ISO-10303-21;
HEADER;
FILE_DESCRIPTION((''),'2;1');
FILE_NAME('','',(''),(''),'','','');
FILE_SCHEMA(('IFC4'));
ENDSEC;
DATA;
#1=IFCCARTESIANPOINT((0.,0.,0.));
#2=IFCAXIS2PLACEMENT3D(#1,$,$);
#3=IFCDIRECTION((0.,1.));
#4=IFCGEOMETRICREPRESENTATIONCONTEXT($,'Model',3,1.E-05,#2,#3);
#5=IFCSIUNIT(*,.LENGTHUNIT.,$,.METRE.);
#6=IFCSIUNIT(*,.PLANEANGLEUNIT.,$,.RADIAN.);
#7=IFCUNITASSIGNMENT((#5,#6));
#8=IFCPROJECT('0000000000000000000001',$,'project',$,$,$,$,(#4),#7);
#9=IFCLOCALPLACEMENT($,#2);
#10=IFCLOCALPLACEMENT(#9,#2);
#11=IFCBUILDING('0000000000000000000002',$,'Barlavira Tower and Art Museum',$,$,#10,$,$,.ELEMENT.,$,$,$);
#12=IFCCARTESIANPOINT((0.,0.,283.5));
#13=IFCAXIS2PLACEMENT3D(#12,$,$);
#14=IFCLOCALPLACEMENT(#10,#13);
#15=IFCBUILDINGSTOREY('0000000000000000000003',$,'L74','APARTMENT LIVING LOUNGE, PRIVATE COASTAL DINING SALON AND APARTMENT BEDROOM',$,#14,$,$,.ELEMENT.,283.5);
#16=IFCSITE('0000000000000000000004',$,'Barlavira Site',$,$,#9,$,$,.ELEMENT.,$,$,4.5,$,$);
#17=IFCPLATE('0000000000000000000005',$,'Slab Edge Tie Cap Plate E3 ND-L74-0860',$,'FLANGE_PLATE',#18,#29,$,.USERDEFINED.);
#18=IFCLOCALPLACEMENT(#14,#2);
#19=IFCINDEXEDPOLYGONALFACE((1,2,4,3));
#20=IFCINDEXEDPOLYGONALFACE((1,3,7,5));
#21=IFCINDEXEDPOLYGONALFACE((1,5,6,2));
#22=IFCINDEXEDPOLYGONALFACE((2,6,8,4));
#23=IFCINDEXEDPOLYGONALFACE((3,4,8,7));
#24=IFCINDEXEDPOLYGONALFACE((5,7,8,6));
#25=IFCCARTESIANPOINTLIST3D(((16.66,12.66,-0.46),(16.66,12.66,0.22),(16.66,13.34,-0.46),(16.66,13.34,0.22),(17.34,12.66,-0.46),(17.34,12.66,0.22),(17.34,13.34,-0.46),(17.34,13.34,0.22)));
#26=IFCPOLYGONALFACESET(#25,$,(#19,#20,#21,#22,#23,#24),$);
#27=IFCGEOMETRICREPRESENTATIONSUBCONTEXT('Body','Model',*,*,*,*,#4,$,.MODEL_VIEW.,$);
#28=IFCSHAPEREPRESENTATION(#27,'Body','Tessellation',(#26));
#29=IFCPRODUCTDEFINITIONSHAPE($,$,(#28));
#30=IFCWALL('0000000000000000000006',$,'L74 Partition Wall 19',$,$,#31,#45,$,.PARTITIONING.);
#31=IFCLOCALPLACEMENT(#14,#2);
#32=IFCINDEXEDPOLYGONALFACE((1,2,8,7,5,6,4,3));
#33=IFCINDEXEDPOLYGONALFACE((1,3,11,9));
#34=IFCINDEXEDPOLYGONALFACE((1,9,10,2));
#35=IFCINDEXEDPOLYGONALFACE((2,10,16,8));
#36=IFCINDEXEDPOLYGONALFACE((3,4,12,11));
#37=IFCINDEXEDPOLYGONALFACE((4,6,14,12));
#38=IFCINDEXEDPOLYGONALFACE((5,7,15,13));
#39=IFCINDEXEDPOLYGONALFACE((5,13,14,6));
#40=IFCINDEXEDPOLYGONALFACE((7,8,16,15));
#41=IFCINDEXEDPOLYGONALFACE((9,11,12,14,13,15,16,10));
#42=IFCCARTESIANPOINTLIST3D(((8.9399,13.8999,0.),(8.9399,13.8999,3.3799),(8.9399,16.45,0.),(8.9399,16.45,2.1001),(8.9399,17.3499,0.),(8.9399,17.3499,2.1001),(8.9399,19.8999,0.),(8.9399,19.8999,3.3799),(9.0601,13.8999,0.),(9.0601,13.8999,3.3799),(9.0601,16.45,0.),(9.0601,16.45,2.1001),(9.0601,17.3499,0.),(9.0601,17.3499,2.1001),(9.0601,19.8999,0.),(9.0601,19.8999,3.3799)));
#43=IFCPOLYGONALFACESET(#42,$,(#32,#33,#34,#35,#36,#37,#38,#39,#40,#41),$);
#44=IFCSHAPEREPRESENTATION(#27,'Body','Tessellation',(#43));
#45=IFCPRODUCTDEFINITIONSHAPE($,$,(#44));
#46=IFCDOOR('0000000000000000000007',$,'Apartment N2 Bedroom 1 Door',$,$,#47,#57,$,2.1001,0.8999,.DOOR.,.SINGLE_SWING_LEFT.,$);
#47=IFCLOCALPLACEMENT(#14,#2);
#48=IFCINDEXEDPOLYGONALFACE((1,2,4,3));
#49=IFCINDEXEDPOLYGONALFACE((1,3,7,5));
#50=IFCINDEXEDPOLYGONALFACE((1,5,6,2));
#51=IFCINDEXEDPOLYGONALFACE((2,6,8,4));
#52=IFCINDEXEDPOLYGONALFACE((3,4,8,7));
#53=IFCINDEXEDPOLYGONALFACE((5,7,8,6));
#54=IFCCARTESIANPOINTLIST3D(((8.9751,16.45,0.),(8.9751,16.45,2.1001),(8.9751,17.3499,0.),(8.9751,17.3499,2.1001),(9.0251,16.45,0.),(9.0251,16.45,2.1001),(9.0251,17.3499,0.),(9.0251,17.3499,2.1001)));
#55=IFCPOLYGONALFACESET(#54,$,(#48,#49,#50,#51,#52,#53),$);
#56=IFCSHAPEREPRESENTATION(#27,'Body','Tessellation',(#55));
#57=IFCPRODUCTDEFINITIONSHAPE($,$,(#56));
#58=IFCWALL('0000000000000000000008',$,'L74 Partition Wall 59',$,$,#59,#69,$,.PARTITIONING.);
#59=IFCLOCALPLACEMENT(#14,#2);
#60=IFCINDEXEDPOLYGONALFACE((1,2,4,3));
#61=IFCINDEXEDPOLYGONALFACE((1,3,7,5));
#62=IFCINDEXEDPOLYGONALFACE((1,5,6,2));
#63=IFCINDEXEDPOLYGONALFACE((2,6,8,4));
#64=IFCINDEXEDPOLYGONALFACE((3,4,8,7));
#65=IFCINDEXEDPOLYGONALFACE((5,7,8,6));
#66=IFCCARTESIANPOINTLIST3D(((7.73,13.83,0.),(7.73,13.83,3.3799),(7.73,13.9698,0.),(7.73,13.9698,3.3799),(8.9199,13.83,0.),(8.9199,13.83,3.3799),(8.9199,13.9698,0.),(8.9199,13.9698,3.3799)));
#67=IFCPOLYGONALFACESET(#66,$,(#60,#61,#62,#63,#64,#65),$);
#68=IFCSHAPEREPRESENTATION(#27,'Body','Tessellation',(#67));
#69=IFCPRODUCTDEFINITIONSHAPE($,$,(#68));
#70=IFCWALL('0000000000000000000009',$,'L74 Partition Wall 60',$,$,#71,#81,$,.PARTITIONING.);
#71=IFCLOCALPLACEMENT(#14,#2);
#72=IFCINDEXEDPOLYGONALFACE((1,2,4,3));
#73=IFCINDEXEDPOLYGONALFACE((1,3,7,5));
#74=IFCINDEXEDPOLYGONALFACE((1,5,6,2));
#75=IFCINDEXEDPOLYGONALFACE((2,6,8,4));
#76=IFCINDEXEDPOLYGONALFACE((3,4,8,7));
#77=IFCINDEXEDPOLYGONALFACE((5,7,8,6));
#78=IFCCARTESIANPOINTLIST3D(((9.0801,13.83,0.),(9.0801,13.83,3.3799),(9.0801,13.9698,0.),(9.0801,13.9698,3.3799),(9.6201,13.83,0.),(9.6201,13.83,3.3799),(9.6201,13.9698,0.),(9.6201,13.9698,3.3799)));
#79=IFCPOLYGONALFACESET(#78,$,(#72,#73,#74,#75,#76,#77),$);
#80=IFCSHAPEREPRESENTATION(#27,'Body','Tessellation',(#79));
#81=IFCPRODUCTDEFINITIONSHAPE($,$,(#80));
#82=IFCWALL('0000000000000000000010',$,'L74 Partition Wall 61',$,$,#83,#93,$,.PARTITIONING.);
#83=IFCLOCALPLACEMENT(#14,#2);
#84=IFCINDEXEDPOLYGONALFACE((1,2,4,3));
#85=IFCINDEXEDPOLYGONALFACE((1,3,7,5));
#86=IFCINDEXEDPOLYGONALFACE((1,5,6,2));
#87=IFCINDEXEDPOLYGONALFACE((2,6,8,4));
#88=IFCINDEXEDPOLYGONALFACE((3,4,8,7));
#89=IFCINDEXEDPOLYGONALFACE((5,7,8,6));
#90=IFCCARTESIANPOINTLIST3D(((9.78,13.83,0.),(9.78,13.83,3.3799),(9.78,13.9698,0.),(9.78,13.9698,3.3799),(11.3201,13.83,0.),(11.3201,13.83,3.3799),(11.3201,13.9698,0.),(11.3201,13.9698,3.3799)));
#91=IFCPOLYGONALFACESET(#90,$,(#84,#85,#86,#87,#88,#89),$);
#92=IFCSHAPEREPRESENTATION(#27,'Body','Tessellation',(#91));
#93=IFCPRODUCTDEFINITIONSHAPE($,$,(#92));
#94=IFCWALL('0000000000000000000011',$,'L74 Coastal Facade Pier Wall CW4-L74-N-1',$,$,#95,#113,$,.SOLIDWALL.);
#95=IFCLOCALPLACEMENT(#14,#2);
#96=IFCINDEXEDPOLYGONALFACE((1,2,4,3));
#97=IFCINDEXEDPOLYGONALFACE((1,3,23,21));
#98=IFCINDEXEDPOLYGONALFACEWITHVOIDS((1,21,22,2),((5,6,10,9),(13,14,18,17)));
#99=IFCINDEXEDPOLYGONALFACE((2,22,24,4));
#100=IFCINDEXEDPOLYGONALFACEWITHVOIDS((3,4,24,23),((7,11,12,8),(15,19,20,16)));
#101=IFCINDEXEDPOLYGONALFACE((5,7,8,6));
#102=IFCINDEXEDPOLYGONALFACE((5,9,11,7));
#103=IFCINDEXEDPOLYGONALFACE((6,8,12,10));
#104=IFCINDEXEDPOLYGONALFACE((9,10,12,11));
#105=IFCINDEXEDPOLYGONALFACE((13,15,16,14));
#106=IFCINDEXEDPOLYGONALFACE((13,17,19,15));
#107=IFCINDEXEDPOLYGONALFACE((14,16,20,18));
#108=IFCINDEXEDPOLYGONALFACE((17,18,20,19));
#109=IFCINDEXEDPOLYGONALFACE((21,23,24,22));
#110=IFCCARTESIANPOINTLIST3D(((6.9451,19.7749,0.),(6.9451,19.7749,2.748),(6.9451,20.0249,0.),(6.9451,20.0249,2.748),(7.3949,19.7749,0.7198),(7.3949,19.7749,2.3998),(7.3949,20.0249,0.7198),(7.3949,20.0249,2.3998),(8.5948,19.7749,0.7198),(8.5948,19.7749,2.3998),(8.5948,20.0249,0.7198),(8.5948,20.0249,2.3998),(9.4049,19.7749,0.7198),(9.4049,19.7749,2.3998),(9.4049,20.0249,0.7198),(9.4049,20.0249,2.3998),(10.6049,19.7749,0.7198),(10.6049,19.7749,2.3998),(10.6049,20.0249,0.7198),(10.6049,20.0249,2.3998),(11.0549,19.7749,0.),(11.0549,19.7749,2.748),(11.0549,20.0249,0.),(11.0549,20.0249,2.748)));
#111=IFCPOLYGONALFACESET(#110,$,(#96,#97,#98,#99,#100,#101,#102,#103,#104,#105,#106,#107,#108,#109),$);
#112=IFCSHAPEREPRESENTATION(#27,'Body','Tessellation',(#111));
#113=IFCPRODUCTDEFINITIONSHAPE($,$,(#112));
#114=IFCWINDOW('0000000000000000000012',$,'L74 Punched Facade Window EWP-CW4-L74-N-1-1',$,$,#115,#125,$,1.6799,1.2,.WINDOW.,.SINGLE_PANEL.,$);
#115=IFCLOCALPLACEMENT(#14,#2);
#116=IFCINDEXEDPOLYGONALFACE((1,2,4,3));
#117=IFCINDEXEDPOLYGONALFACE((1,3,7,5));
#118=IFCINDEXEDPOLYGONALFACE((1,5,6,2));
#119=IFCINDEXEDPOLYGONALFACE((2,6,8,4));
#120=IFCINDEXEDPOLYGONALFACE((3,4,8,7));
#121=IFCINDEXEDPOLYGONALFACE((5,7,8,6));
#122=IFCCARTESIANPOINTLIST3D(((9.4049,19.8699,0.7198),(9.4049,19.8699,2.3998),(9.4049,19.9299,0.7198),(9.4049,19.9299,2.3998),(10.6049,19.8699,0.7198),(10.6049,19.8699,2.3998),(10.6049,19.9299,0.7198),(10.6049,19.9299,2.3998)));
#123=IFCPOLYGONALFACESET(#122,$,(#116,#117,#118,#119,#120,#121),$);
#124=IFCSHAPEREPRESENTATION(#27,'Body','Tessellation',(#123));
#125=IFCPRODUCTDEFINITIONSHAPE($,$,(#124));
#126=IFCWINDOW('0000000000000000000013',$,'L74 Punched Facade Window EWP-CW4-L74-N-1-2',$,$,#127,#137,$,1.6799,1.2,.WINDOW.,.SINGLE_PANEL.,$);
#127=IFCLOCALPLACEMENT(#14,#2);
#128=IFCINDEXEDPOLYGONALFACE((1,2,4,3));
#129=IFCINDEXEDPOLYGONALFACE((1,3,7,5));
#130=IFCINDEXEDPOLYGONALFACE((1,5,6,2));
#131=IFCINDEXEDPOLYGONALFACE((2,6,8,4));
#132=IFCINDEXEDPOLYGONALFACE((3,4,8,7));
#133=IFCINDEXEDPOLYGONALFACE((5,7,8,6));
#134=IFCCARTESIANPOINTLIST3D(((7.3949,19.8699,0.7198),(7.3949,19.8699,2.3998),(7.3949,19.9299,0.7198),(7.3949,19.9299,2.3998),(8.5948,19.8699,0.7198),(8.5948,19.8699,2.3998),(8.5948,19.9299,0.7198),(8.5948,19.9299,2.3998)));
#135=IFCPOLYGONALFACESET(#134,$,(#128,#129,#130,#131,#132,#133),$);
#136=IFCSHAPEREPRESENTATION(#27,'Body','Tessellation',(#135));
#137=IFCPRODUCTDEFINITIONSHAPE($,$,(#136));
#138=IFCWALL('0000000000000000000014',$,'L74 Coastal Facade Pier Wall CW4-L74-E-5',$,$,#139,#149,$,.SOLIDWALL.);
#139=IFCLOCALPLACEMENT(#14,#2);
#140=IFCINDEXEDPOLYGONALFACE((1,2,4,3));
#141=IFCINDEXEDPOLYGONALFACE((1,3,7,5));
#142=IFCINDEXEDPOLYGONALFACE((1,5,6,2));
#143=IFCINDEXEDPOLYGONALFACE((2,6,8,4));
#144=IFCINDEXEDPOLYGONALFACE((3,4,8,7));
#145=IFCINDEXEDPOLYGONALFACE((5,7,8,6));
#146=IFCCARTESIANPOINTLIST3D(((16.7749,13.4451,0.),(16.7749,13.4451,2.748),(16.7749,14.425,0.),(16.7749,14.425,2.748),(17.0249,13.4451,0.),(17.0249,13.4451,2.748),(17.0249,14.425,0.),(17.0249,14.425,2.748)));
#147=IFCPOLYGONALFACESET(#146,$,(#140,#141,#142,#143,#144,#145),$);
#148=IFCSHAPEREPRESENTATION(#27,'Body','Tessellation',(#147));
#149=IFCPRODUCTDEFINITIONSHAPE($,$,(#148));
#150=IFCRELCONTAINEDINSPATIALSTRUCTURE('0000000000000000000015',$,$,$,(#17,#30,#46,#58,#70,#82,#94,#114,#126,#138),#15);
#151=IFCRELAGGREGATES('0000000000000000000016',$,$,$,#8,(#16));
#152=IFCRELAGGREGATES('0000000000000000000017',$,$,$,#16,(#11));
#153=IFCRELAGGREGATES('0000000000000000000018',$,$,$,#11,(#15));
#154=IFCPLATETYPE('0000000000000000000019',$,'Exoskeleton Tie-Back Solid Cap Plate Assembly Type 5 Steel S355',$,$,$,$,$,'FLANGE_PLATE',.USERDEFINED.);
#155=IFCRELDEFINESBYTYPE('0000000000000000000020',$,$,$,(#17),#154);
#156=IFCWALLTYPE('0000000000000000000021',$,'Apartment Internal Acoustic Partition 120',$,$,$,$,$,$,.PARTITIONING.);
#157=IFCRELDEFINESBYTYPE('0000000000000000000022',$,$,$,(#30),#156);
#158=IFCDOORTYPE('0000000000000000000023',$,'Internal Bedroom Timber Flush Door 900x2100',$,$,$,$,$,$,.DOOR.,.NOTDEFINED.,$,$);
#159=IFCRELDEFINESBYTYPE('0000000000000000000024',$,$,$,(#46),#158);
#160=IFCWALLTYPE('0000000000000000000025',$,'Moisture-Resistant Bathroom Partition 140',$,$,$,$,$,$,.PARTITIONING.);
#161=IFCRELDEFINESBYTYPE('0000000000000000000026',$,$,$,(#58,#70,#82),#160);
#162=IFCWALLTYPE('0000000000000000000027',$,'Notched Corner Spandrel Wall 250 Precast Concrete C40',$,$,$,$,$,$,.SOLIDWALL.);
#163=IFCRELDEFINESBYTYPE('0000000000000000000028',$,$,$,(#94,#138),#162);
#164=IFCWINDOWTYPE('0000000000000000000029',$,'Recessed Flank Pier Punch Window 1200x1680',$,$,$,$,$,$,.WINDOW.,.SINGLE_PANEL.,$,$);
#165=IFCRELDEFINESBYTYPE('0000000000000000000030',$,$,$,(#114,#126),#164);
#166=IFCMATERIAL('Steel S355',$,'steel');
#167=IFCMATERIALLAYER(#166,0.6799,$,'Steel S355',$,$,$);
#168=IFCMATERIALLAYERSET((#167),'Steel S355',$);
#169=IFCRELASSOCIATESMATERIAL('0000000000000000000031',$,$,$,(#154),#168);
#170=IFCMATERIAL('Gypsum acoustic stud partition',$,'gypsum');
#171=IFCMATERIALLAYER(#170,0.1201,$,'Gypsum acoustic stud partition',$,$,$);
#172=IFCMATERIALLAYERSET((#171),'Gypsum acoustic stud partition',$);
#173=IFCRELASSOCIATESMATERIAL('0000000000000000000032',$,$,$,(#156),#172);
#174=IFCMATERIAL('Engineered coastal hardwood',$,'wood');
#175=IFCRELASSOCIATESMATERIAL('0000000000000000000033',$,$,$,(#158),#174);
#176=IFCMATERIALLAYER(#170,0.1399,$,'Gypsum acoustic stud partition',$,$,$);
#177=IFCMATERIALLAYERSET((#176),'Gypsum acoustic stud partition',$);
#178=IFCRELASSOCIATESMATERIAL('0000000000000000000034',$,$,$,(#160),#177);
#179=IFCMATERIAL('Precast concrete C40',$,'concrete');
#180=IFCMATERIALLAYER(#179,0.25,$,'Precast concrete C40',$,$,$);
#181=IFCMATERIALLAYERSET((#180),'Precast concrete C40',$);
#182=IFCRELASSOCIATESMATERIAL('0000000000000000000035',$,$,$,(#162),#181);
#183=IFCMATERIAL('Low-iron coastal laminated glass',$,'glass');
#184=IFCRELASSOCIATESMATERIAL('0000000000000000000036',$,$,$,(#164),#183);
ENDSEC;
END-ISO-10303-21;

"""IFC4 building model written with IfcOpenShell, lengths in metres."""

from ifc_helpers import new_model, si_unit, direction, frame, frame_2d, origin, origin_2d, place, context, subcontext, project, spatial, rectangle, extrude, material, layer, layer_set, type_object, element, fill, save


model = new_model("IFC4")

# Units and contexts
model_context = context("Model", 3, precision=1e-05, world=origin(), true_north=direction((0.0, 1.0)))
body_context = subcontext(model_context, "Body", "Model", "MODEL_VIEW")
ifc_project = project(units=[si_unit("LENGTHUNIT", "METRE"), si_unit("PLANEANGLEUNIT", "RADIAN")], contexts=[model_context])

# Site, building, storey
site_placement = place(None, origin())
site = spatial("IfcSite", under=ifc_project, at=site_placement, Name="Barlavira Site", CompositionType="ELEMENT", RefElevation=4.5)
building_placement = place(site_placement, origin())
building = spatial("IfcBuilding", under=site, at=building_placement, Name="Barlavira Tower and Art Museum", CompositionType="ELEMENT")
storey_placement = place(building_placement, frame((0.0, 0.0, 283.5)))
storey = spatial("IfcBuildingStorey", under=building, at=storey_placement, Name="L74", Description="APARTMENT LIVING LOUNGE, PRIVATE COASTAL DINING SALON AND APARTMENT BEDROOM", CompositionType="ELEMENT", Elevation=283.5)

# Shared definitions
ifc_material_1 = material(Name="Steel S355", Category="steel")

# Plate
ifc_layer_1 = layer(ifc_material_1, 0.6799, Name="Steel S355")
ifc_layer_set_1 = layer_set([ifc_layer_1], Name="Steel S355")
plate_type = type_object("IfcPlateType", Name="Exoskeleton Tie-Back Solid Cap Plate Assembly Type 5 Steel S355", ElementType="FLANGE_PLATE", PredefinedType="USERDEFINED", material=ifc_layer_set_1)
for number, where, z_axis, x_axis, name in (
    (1, (17.0, 13.0, -0.46), (0.0, 0.0, 1.0), (1.0, 0.0, 0.0), "Slab Edge Tie Cap Plate E3 ND-L74-0860"),
):
    element("IfcPlate", number, at=place(storey_placement, frame(where, z_axis=z_axis, x_axis=x_axis)), inside=storey, type_object=plate_type, Name=name, ObjectType="FLANGE_PLATE", PredefinedType="USERDEFINED", context=body_context, shape_type="SweptSolid", body=[
        extrude(rectangle(XDim=0.6799, YDim=0.6799, at=origin_2d()), origin(), (0.0, 0.0, 1.0), 0.6799),
    ])

# Wall, opening, door
ifc_material_2 = material(Name="Gypsum acoustic stud partition", Category="gypsum")
ifc_layer_2 = layer(ifc_material_2, 0.1201, Name="Gypsum acoustic stud partition")
ifc_layer_set_2 = layer_set([ifc_layer_2], Name="Gypsum acoustic stud partition")
wall_type_1 = type_object("IfcWallType", Name="Apartment Internal Acoustic Partition 120", PredefinedType="PARTITIONING", material=ifc_layer_set_2)
wall_1_placement = place(storey_placement, frame((9.0, 13.8999, 0.0), z_axis=(0.0, 0.0, 1.0), x_axis=(0.0, 1.0, 0.0)))
wall_1 = element("IfcWall", 2, at=wall_1_placement, inside=storey, type_object=wall_type_1, Name="L74 Partition Wall 19", PredefinedType="PARTITIONING", context=body_context, shape_type="SweptSolid", body=[
    extrude(rectangle(XDim=6.0, YDim=0.1201, at=frame_2d((3.0, 0.0))), origin(), (0.0, 0.0, 1.0), 3.3799),
])
opening_1_placement = place(wall_1_placement, frame((2.55, 0.0, 0.0)))
opening_1 = element("IfcOpeningElement", 3, at=opening_1_placement, cuts=wall_1, PredefinedType="OPENING", context=body_context, shape_type="SweptSolid", body=[
    extrude(rectangle(XDim=0.8999, YDim=2.1001, at=frame_2d((0.45, 1.05))), frame((0.0, 0.0701, 0.0), z_axis=(0.0, -1.0, 0.0), x_axis=(1.0, 0.0, 0.0)), (0.0, 0.0, 1.0), 0.1401),
])
ifc_material_3 = material(Name="Engineered coastal hardwood", Category="wood")
door_type = type_object("IfcDoorType", Name="Internal Bedroom Timber Flush Door 900x2100", OperationType="NOTDEFINED", PredefinedType="DOOR", material=ifc_material_3)
door_placement = place(opening_1_placement, origin())
door = element("IfcDoor", 4, at=door_placement, inside=storey, type_object=door_type, Name="Apartment N2 Bedroom 1 Door", OperationType="SINGLE_SWING_LEFT", OverallHeight=2.1001, OverallWidth=0.8999, PredefinedType="DOOR", context=body_context, shape_type="SweptSolid", body=[
    extrude(rectangle(XDim=0.8999, YDim=2.1001, at=frame_2d((0.45, 1.05))), frame((0.0, 0.0249, 0.0), z_axis=(0.0, -1.0, 0.0), x_axis=(1.0, 0.0, 0.0)), (0.0, 0.0, 1.0), 0.05),
])
fill(opening_1, door)

# Walls
ifc_layer_3 = layer(ifc_material_2, 0.1399, Name="Gypsum acoustic stud partition")
ifc_layer_set_3 = layer_set([ifc_layer_3], Name="Gypsum acoustic stud partition")
wall_type_2 = type_object("IfcWallType", Name="Moisture-Resistant Bathroom Partition 140", PredefinedType="PARTITIONING", material=ifc_layer_set_3)
wall_2_placement = place(storey_placement, frame((7.73, 13.8999, 0.0), z_axis=(0.0, 0.0, 1.0), x_axis=(1.0, 0.0, 0.0)))
element("IfcWall", 5, at=wall_2_placement, inside=storey, type_object=wall_type_2, Name="L74 Partition Wall 59", PredefinedType="PARTITIONING", context=body_context, shape_type="SweptSolid", body=[
    extrude(rectangle(XDim=1.1899, YDim=0.1399, at=frame_2d((0.595, 0.0))), origin(), (0.0, 0.0, 1.0), 3.3799),
])
wall_3_placement = place(storey_placement, frame((9.0801, 13.8999, 0.0), z_axis=(0.0, 0.0, 1.0), x_axis=(1.0, 0.0, 0.0)))
element("IfcWall", 6, at=wall_3_placement, inside=storey, type_object=wall_type_2, Name="L74 Partition Wall 60", PredefinedType="PARTITIONING", context=body_context, shape_type="SweptSolid", body=[
    extrude(rectangle(XDim=0.54, YDim=0.1399, at=frame_2d((0.27, 0.0))), origin(), (0.0, 0.0, 1.0), 3.3799),
])
wall_4_placement = place(storey_placement, frame((9.78, 13.8999, 0.0), z_axis=(0.0, 0.0, 1.0), x_axis=(1.0, 0.0, 0.0)))
element("IfcWall", 7, at=wall_4_placement, inside=storey, type_object=wall_type_2, Name="L74 Partition Wall 61", PredefinedType="PARTITIONING", context=body_context, shape_type="SweptSolid", body=[
    extrude(rectangle(XDim=1.54, YDim=0.1399, at=frame_2d((0.77, 0.0))), origin(), (0.0, 0.0, 1.0), 3.3799),
])

# Wall, openings, windows
ifc_material_4 = material(Name="Precast concrete C40", Category="concrete")
ifc_layer_4 = layer(ifc_material_4, 0.25, Name="Precast concrete C40")
ifc_layer_set_4 = layer_set([ifc_layer_4], Name="Precast concrete C40")
wall_type_3 = type_object("IfcWallType", Name="Notched Corner Spandrel Wall 250 Precast Concrete C40", PredefinedType="SOLIDWALL", material=ifc_layer_set_4)
wall_5_placement = place(storey_placement, frame((11.0549, 19.8999, 0.0), z_axis=(0.0, 0.0, 1.0), x_axis=(-1.0, 0.0, 0.0)))
wall_5 = element("IfcWall", 8, at=wall_5_placement, inside=storey, type_object=wall_type_3, Name="L74 Coastal Facade Pier Wall CW4-L74-N-1", PredefinedType="SOLIDWALL", context=body_context, shape_type="SweptSolid", body=[
    extrude(rectangle(XDim=4.1099, YDim=0.25, at=frame_2d((2.0549, 0.0))), origin(), (0.0, 0.0, 1.0), 2.748),
])
opening_2_placement = place(wall_5_placement, frame((0.45, 0.0, 0.72)))
opening_2 = element("IfcOpeningElement", 9, at=opening_2_placement, cuts=wall_5, PredefinedType="OPENING", context=body_context, shape_type="SweptSolid", body=[
    extrude(rectangle(XDim=1.2, YDim=1.6799, at=frame_2d((0.6001, 0.8398))), frame((0.0, 0.135, 0.0), z_axis=(0.0, -1.0, 0.0), x_axis=(1.0, 0.0, 0.0)), (0.0, 0.0, 1.0), 0.27),
])
opening_3_placement = place(wall_5_placement, frame((2.46, 0.0, 0.72)))
opening_3 = element("IfcOpeningElement", 10, at=opening_3_placement, cuts=wall_5, PredefinedType="OPENING", context=body_context, shape_type="SweptSolid", body=[
    extrude(rectangle(XDim=1.2, YDim=1.6799, at=frame_2d((0.6001, 0.8398))), frame((0.0, 0.135, 0.0), z_axis=(0.0, -1.0, 0.0), x_axis=(1.0, 0.0, 0.0)), (0.0, 0.0, 1.0), 0.27),
])
ifc_material_5 = material(Name="Low-iron coastal laminated glass", Category="glass")
window_type_1 = type_object("IfcWindowType", Name="Recessed Flank Pier Punch Window 1200x1680", PartitioningType="SINGLE_PANEL", PredefinedType="WINDOW", material=ifc_material_5)
window_1_placement = place(opening_2_placement, origin())
window_1 = element("IfcWindow", 11, at=window_1_placement, inside=storey, type_object=window_type_1, Name="L74 Punched Facade Window EWP-CW4-L74-N-1-1", OverallHeight=1.6799, OverallWidth=1.2, PartitioningType="SINGLE_PANEL", PredefinedType="WINDOW", context=body_context, shape_type="SweptSolid", body=[
    extrude(rectangle(XDim=1.2, YDim=1.6799, at=frame_2d((0.6001, 0.8398))), frame((0.0, 0.03, 0.0), z_axis=(0.0, -1.0, 0.0), x_axis=(1.0, 0.0, 0.0)), (0.0, 0.0, 1.0), 0.0601),
])
fill(opening_2, window_1)
window_2_placement = place(opening_3_placement, origin())
window_2 = element("IfcWindow", 12, at=window_2_placement, inside=storey, type_object=window_type_1, Name="L74 Punched Facade Window EWP-CW4-L74-N-1-2", OverallHeight=1.6799, OverallWidth=1.2, PartitioningType="SINGLE_PANEL", PredefinedType="WINDOW", context=body_context, shape_type="SweptSolid", body=[
    extrude(rectangle(XDim=1.2, YDim=1.6799, at=frame_2d((0.6001, 0.8398))), frame((0.0, 0.03, 0.0), z_axis=(0.0, -1.0, 0.0), x_axis=(1.0, 0.0, 0.0)), (0.0, 0.0, 1.0), 0.0601),
])
fill(opening_3, window_2)

# Wall
wall_6_placement = place(storey_placement, frame((16.8999, 13.4451, 0.0), z_axis=(0.0, 0.0, 1.0), x_axis=(0.0, 1.0, 0.0)))
element("IfcWall", 13, at=wall_6_placement, inside=storey, type_object=wall_type_3, Name="L74 Coastal Facade Pier Wall CW4-L74-E-5", PredefinedType="SOLIDWALL", context=body_context, shape_type="SweptSolid", body=[
    extrude(rectangle(XDim=0.98, YDim=0.25, at=frame_2d((0.49, 0.0))), origin(), (0.0, 0.0, 1.0), 2.748),
])

save(model, "model.ifc")
